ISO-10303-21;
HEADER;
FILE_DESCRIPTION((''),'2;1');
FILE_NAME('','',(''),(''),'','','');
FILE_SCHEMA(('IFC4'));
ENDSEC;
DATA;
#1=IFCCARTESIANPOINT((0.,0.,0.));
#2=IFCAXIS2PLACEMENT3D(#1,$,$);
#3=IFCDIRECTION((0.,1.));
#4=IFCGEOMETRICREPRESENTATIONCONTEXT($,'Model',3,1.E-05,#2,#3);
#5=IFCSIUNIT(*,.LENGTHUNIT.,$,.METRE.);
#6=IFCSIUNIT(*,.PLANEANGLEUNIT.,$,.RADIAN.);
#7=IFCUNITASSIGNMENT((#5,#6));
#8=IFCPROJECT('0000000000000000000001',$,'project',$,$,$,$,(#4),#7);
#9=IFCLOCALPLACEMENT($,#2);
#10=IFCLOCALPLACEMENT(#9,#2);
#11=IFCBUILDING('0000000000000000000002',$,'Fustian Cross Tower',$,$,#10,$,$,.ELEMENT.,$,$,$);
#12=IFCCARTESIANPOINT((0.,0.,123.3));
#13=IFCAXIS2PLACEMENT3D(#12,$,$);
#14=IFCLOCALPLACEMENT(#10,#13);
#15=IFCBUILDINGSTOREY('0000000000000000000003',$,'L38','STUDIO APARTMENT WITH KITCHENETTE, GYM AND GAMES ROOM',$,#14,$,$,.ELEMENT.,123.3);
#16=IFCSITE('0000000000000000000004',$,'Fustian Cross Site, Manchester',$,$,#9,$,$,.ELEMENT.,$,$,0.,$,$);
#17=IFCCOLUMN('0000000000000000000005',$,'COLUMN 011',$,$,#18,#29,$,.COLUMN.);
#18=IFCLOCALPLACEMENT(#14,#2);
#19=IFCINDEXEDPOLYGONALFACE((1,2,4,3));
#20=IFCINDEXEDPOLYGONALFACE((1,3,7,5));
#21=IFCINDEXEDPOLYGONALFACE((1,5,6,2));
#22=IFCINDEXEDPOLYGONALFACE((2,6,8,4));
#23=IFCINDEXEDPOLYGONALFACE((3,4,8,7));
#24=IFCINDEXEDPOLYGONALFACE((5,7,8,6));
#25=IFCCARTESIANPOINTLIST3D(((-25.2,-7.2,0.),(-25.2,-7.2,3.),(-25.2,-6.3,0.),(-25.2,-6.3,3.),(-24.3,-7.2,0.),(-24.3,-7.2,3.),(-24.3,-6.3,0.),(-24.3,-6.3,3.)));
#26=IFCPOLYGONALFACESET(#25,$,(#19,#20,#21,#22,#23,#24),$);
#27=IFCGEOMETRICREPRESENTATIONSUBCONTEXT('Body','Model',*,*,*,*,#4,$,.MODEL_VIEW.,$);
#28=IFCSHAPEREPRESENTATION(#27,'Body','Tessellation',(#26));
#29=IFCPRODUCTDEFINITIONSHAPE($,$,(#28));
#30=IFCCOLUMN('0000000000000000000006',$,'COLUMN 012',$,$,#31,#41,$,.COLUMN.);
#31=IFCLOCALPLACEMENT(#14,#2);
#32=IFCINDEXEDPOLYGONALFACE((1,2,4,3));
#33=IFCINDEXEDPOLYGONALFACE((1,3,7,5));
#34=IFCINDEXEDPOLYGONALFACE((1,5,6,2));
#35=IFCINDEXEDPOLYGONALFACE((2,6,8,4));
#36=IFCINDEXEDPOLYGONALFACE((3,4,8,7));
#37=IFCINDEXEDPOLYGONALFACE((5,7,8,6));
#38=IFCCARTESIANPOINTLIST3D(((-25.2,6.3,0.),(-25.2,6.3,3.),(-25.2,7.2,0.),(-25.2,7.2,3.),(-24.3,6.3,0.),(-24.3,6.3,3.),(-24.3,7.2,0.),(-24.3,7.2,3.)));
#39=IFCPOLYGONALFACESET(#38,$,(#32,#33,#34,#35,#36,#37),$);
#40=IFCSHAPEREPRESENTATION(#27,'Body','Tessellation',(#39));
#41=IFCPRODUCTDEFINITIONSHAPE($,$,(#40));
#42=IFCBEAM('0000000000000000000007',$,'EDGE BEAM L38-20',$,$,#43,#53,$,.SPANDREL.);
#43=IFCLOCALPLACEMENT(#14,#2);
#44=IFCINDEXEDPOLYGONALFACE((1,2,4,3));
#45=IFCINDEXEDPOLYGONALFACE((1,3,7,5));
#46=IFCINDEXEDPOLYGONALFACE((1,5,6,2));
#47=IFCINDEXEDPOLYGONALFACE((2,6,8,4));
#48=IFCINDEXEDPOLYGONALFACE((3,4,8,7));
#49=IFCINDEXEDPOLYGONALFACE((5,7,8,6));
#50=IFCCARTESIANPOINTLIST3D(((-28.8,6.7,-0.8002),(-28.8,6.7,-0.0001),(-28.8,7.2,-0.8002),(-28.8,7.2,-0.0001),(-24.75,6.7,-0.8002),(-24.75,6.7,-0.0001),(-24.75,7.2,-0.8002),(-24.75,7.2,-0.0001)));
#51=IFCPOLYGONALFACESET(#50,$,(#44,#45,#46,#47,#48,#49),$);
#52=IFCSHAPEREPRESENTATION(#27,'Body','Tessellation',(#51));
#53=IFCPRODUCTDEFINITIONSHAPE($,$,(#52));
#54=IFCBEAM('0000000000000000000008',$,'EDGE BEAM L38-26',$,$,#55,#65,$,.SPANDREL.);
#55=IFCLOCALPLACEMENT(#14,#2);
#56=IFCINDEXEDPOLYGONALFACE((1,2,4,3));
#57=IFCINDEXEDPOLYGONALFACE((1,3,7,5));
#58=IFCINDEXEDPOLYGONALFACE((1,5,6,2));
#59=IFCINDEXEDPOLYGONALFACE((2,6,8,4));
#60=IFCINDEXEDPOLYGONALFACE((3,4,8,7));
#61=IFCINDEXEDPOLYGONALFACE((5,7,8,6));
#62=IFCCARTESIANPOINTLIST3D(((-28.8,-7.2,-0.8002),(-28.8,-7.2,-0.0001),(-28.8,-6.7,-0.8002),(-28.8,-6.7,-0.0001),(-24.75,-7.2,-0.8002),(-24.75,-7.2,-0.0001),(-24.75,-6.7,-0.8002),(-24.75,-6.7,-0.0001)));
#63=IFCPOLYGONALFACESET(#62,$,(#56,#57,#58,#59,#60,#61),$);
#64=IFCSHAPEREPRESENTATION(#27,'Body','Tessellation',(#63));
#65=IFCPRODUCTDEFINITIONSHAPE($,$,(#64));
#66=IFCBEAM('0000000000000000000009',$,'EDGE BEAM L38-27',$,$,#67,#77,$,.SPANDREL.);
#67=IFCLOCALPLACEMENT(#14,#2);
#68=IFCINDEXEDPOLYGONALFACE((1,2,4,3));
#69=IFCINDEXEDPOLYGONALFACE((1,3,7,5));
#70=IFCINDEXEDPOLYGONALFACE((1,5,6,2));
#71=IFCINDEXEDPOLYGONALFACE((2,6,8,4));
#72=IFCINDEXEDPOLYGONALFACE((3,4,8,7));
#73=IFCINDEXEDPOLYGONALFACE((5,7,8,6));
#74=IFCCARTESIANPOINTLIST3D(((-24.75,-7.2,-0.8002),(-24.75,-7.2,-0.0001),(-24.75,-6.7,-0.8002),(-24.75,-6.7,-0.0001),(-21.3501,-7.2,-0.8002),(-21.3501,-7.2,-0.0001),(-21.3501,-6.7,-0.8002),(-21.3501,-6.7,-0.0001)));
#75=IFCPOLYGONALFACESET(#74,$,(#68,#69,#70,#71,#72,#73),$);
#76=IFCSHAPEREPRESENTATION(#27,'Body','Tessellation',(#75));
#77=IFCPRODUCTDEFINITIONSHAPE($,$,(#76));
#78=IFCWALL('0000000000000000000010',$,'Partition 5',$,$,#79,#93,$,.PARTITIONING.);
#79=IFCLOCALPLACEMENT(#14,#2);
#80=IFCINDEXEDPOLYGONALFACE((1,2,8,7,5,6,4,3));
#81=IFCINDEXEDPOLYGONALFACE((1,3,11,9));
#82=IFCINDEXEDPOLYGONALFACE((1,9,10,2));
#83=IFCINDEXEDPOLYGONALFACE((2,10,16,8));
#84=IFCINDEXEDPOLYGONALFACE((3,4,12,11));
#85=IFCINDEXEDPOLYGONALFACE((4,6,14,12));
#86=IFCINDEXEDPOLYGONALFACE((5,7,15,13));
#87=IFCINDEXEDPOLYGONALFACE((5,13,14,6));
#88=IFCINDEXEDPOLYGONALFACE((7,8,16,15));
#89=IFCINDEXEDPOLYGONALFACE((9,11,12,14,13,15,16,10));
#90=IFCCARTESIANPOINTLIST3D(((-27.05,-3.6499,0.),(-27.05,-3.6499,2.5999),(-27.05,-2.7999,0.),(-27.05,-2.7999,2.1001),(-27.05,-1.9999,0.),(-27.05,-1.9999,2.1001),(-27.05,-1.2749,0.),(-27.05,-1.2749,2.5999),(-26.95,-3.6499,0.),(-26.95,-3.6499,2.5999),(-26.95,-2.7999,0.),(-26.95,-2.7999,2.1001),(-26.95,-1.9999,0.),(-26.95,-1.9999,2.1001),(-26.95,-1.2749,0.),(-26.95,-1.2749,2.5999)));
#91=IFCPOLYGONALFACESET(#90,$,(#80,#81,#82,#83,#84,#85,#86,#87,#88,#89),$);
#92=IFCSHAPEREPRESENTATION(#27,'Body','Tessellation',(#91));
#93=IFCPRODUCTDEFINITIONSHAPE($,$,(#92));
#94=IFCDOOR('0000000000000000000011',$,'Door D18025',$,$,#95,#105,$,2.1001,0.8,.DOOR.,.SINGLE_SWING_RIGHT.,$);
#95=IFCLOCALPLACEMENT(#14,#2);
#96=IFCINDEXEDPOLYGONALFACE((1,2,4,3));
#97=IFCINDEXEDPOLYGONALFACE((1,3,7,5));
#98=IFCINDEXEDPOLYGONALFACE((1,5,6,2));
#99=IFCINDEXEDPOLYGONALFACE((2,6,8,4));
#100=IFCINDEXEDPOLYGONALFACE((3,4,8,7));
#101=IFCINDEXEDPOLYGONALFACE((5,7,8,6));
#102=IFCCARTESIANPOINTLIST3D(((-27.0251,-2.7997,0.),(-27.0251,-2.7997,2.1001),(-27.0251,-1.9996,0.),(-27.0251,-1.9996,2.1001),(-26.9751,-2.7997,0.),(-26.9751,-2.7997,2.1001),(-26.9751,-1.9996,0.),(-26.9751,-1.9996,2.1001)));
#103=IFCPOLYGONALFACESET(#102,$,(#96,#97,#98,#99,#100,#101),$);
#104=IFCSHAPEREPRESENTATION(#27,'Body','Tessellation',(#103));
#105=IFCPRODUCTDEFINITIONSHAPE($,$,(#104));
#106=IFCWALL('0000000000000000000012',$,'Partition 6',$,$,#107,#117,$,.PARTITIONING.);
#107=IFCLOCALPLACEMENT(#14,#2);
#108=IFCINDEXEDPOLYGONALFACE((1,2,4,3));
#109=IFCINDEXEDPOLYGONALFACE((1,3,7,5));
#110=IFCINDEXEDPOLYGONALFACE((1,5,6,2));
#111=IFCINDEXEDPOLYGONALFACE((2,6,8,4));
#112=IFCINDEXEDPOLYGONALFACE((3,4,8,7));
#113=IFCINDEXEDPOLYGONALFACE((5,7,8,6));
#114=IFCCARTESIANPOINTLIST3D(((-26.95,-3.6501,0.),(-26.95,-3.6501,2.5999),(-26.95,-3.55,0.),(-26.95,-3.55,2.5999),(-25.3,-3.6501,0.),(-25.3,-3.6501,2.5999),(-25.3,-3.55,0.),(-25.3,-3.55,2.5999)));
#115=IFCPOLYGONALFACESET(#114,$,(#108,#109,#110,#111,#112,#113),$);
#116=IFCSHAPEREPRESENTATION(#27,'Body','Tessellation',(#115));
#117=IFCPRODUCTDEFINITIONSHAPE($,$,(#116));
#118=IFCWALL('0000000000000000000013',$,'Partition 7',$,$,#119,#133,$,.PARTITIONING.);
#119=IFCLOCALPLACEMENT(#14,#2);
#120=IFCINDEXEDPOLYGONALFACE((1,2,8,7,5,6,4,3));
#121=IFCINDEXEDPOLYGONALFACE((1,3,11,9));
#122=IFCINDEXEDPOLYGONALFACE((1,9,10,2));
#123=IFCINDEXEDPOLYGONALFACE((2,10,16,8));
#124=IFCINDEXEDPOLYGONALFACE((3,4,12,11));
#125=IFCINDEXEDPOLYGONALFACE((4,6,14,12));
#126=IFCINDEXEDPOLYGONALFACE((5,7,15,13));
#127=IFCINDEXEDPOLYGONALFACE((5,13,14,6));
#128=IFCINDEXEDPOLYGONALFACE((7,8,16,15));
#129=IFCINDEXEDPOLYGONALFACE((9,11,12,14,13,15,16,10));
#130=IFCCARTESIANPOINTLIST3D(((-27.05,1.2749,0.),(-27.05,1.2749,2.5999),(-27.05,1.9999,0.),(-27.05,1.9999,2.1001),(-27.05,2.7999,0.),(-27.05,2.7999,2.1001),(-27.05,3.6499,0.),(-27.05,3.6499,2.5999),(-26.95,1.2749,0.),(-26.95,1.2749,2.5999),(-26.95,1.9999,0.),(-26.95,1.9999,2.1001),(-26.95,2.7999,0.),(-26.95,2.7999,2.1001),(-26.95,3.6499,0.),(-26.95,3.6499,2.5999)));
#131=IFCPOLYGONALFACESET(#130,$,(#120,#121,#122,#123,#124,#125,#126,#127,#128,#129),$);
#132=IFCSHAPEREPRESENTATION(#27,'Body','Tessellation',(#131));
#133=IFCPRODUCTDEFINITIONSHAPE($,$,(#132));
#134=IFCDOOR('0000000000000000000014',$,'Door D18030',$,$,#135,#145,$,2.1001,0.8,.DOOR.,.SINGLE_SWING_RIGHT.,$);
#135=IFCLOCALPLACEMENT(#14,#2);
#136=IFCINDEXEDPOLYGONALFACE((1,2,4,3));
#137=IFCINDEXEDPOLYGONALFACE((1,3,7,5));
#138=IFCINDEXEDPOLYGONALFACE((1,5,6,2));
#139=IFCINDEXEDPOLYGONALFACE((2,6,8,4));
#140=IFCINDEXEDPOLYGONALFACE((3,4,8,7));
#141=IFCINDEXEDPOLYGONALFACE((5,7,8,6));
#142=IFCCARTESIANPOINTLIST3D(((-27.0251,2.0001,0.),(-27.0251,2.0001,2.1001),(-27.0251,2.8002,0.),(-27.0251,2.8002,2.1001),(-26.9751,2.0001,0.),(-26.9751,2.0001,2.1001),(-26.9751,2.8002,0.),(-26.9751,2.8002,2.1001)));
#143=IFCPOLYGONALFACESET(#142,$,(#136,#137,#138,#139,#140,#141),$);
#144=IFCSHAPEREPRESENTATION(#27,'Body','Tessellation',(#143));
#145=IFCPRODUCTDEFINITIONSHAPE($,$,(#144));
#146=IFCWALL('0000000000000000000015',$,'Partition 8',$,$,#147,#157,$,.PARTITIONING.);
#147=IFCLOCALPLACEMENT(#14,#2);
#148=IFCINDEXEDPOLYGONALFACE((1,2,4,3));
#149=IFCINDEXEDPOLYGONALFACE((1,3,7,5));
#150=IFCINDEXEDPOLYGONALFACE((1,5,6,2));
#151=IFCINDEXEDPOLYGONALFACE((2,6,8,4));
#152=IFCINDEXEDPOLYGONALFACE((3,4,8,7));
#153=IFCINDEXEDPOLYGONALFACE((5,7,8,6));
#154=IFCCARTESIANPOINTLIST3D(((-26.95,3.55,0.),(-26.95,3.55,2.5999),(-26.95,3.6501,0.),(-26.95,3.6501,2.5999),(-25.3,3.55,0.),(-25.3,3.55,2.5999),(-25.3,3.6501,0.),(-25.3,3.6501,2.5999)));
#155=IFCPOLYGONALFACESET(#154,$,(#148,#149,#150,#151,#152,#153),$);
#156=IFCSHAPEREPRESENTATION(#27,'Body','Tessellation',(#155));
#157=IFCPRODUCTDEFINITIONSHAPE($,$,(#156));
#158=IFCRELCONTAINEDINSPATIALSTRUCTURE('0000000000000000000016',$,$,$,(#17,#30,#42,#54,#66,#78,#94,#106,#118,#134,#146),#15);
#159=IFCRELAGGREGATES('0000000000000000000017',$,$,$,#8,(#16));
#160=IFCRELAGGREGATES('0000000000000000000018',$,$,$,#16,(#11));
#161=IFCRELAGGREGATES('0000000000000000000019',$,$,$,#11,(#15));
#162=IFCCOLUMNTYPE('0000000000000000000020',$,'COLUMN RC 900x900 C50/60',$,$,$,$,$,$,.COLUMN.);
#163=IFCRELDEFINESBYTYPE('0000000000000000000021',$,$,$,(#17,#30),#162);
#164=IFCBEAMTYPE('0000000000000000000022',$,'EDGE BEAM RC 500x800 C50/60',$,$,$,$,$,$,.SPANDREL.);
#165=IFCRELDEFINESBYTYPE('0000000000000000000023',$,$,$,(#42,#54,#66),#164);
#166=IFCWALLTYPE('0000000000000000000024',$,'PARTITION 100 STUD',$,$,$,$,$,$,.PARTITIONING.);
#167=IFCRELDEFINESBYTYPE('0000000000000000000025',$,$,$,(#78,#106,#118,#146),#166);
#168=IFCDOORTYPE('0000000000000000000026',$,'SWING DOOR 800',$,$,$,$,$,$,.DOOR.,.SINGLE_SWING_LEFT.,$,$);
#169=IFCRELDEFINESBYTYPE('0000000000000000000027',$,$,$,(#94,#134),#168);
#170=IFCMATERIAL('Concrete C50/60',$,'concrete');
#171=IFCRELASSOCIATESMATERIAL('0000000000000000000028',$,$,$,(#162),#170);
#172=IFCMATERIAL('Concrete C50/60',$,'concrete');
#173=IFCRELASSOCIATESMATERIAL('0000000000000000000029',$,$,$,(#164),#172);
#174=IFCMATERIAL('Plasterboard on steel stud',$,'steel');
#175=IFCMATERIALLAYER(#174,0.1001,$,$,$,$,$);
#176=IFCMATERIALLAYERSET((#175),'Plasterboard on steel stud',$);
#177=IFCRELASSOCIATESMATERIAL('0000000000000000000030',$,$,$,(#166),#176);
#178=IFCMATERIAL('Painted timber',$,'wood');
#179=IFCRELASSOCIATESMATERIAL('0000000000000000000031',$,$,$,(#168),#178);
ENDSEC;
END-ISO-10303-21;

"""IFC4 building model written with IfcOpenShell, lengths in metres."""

from ifc_helpers import new_model, si_unit, direction, frame, frame_2d, origin, origin_2d, place, context, subcontext, project, spatial, rectangle, extrude, material, layer, layer_set, material_profile, profile_set, type_object, element, fill, save


model = new_model("IFC4")

# Units and contexts
model_context = context("Model", 3, precision=1e-05, world=origin(), true_north=direction((0.0, 1.0)))
body_context = subcontext(model_context, "Body", "Model", "MODEL_VIEW")
ifc_project = project(units=[si_unit("LENGTHUNIT", "METRE"), si_unit("PLANEANGLEUNIT", "RADIAN")], contexts=[model_context])

# Site, building, storey
site_placement = place(None, origin())
site = spatial("IfcSite", under=ifc_project, at=site_placement, Name="Fustian Cross Site, Manchester", CompositionType="ELEMENT", RefElevation=0.0)
building_placement = place(site_placement, origin())
building = spatial("IfcBuilding", under=site, at=building_placement, Name="Fustian Cross Tower", CompositionType="ELEMENT")
storey_placement = place(building_placement, frame((0.0, 0.0, 123.3)))
storey = spatial("IfcBuildingStorey", under=building, at=storey_placement, Name="L38", Description="STUDIO APARTMENT WITH KITCHENETTE, GYM AND GAMES ROOM", CompositionType="ELEMENT", Elevation=123.3)

# Columns
ifc_material_1 = material(Name="Concrete C50/60", Category="concrete")
ifc_material_profile_1 = material_profile(ifc_material_1, rectangle(XDim=0.8999, YDim=0.8999, at=origin_2d()), Name="RC 900x900")
ifc_profile_set_1 = profile_set([ifc_material_profile_1], Name="Concrete C50/60")
column_type = type_object("IfcColumnType", Name="COLUMN RC 900x900 C50/60", PredefinedType="COLUMN", material=ifc_profile_set_1)
for number, where, z_axis, x_axis, name in (
    (1, (-24.75, -6.75, 0.0), (0.0, 0.0, 1.0), (1.0, 0.0, 0.0), "COLUMN 011"),
    (2, (-24.75, 6.75, 0.0), (0.0, 0.0, 1.0), (1.0, 0.0, 0.0), "COLUMN 012"),
):
    element("IfcColumn", number, at=place(storey_placement, frame(where, z_axis=z_axis, x_axis=x_axis)), inside=storey, type_object=column_type, Name=name, PredefinedType="COLUMN", context=body_context, shape_type="SweptSolid", body=[
        extrude(rectangle(XDim=0.8999, YDim=0.8999, at=origin_2d()), origin(), (0.0, 0.0, 1.0), 3.0),
    ])

# Beams
ifc_material_2 = material(Name="Concrete C50/60", Category="concrete")
ifc_material_profile_2 = material_profile(ifc_material_2, rectangle(XDim=0.5, YDim=0.8, at=origin_2d()), Name="RC 500x800")
ifc_profile_set_2 = profile_set([ifc_material_profile_2], Name="Concrete C50/60")
beam_type = type_object("IfcBeamType", Name="EDGE BEAM RC 500x800 C50/60", PredefinedType="SPANDREL", material=ifc_profile_set_2)
for number, where, z_axis, x_axis, name in (
    (3, (-24.75, 6.95, -0.4001), (-1.0, 0.0, 0.0), (0.0, -1.0, 0.0), "EDGE BEAM L38-20"),
    (4, (-28.8, -6.95, -0.4001), (1.0, 0.0, 0.0), (0.0, 1.0, 0.0), "EDGE BEAM L38-26"),
):
    element("IfcBeam", number, at=place(storey_placement, frame(where, z_axis=z_axis, x_axis=x_axis)), inside=storey, type_object=beam_type, Name=name, PredefinedType="SPANDREL", context=body_context, shape_type="SweptSolid", body=[
        extrude(rectangle(XDim=0.5, YDim=0.8, at=origin_2d()), origin(), (0.0, 0.0, 1.0), 4.05),
    ])
beam_placement = place(storey_placement, frame((-24.75, -6.95, -0.4001), z_axis=(1.0, 0.0, 0.0), x_axis=(0.0, 1.0, 0.0)))
element("IfcBeam", 5, at=beam_placement, inside=storey, type_object=beam_type, Name="EDGE BEAM L38-27", PredefinedType="SPANDREL", context=body_context, shape_type="SweptSolid", body=[
    extrude(rectangle(XDim=0.5, YDim=0.8, at=origin_2d()), origin(), (0.0, 0.0, 1.0), 3.3999),
])

# Wall, opening, door
ifc_material_3 = material(Name="Plasterboard on steel stud", Category="steel")
ifc_layer_1 = layer(ifc_material_3, 0.1001)
ifc_layer_set_1 = layer_set([ifc_layer_1], Name="Plasterboard on steel stud")
wall_type_1 = type_object("IfcWallType", Name="PARTITION 100 STUD", PredefinedType="PARTITIONING", material=ifc_layer_set_1)
wall_1_placement = place(storey_placement, frame((-27.0, -3.6499, 0.0), z_axis=(0.0, 0.0, 1.0), x_axis=(0.0, 1.0, 0.0)))
wall_1 = element("IfcWall", 6, at=wall_1_placement, inside=storey, type_object=wall_type_1, Name="Partition 5", PredefinedType="PARTITIONING", context=body_context, shape_type="SweptSolid", body=[
    extrude(rectangle(XDim=2.375, YDim=0.1001, at=frame_2d((1.1875, 0.0))), origin(), (0.0, 0.0, 1.0), 2.5999),
])
opening_1_placement = place(wall_1_placement, frame((0.8501, 0.0, 0.0)))
opening_1 = element("IfcOpeningElement", 7, at=opening_1_placement, cuts=wall_1, PredefinedType="OPENING", context=body_context, shape_type="SweptSolid", body=[
    extrude(rectangle(XDim=0.8, YDim=2.1001, at=frame_2d((0.3999, 1.05))), frame((0.0, 0.0601, 0.0), z_axis=(0.0, -1.0, 0.0), x_axis=(1.0, 0.0, 0.0)), (0.0, 0.0, 1.0), 0.1201),
])
ifc_material_4 = material(Name="Painted timber", Category="wood")
door_type = type_object("IfcDoorType", Name="SWING DOOR 800", OperationType="SINGLE_SWING_LEFT", PredefinedType="DOOR", material=ifc_material_4)
door_1_placement = place(opening_1_placement, frame((0.8, 0.0, 0.0), z_axis=(0.0, 0.0, 1.0), x_axis=(-1.0, 0.0, 0.0)))
door_1 = element("IfcDoor", 8, at=door_1_placement, inside=storey, type_object=door_type, Name="Door D18025", OperationType="SINGLE_SWING_RIGHT", OverallHeight=2.1001, OverallWidth=0.8, PredefinedType="DOOR", context=body_context, shape_type="SweptSolid", body=[
    extrude(rectangle(XDim=0.8, YDim=2.1001, at=frame_2d((0.3999, 1.05))), frame((0.0, 0.0249, 0.0), z_axis=(0.0, -1.0, 0.0), x_axis=(1.0, 0.0, 0.0)), (0.0, 0.0, 1.0), 0.05),
])
fill(opening_1, door_1)

# Wall
wall_2_placement = place(storey_placement, frame((-26.95, -3.6001, 0.0), z_axis=(0.0, 0.0, 1.0), x_axis=(1.0, 0.0, 0.0)))
element("IfcWall", 9, at=wall_2_placement, inside=storey, type_object=wall_type_1, Name="Partition 6", PredefinedType="PARTITIONING", context=body_context, shape_type="SweptSolid", body=[
    extrude(rectangle(XDim=1.6499, YDim=0.1001, at=frame_2d((0.825, 0.0))), origin(), (0.0, 0.0, 1.0), 2.5999),
])

# Wall, opening, door
wall_3_placement = place(storey_placement, frame((-27.0, 1.2749, 0.0), z_axis=(0.0, 0.0, 1.0), x_axis=(0.0, 1.0, 0.0)))
wall_3 = element("IfcWall", 10, at=wall_3_placement, inside=storey, type_object=wall_type_1, Name="Partition 7", PredefinedType="PARTITIONING", context=body_context, shape_type="SweptSolid", body=[
    extrude(rectangle(XDim=2.375, YDim=0.1001, at=frame_2d((1.1875, 0.0))), origin(), (0.0, 0.0, 1.0), 2.5999),
])
opening_2_placement = place(wall_3_placement, frame((0.7251, 0.0, 0.0)))
opening_2 = element("IfcOpeningElement", 11, at=opening_2_placement, cuts=wall_3, PredefinedType="OPENING", context=body_context, shape_type="SweptSolid", body=[
    extrude(rectangle(XDim=0.8, YDim=2.1001, at=frame_2d((0.3999, 1.05))), frame((0.0, 0.0601, 0.0), z_axis=(0.0, -1.0, 0.0), x_axis=(1.0, 0.0, 0.0)), (0.0, 0.0, 1.0), 0.1201),
])
door_2_placement = place(opening_2_placement, frame((0.8, 0.0, 0.0), z_axis=(0.0, 0.0, 1.0), x_axis=(-1.0, 0.0, 0.0)))
door_2 = element("IfcDoor", 12, at=door_2_placement, inside=storey, type_object=door_type, Name="Door D18030", OperationType="SINGLE_SWING_RIGHT", OverallHeight=2.1001, OverallWidth=0.8, PredefinedType="DOOR", context=body_context, shape_type="SweptSolid", body=[
    extrude(rectangle(XDim=0.8, YDim=2.1001, at=frame_2d((0.3999, 1.05))), frame((0.0, 0.0249, 0.0), z_axis=(0.0, -1.0, 0.0), x_axis=(1.0, 0.0, 0.0)), (0.0, 0.0, 1.0), 0.05),
])
fill(opening_2, door_2)

# Wall
wall_4_placement = place(storey_placement, frame((-26.95, 3.6001, 0.0), z_axis=(0.0, 0.0, 1.0), x_axis=(1.0, 0.0, 0.0)))
element("IfcWall", 13, at=wall_4_placement, inside=storey, type_object=wall_type_1, Name="Partition 8", PredefinedType="PARTITIONING", context=body_context, shape_type="SweptSolid", body=[
    extrude(rectangle(XDim=1.6499, YDim=0.1001, at=frame_2d((0.825, 0.0))), origin(), (0.0, 0.0, 1.0), 2.5999),
])

save(model, "model.ifc")
